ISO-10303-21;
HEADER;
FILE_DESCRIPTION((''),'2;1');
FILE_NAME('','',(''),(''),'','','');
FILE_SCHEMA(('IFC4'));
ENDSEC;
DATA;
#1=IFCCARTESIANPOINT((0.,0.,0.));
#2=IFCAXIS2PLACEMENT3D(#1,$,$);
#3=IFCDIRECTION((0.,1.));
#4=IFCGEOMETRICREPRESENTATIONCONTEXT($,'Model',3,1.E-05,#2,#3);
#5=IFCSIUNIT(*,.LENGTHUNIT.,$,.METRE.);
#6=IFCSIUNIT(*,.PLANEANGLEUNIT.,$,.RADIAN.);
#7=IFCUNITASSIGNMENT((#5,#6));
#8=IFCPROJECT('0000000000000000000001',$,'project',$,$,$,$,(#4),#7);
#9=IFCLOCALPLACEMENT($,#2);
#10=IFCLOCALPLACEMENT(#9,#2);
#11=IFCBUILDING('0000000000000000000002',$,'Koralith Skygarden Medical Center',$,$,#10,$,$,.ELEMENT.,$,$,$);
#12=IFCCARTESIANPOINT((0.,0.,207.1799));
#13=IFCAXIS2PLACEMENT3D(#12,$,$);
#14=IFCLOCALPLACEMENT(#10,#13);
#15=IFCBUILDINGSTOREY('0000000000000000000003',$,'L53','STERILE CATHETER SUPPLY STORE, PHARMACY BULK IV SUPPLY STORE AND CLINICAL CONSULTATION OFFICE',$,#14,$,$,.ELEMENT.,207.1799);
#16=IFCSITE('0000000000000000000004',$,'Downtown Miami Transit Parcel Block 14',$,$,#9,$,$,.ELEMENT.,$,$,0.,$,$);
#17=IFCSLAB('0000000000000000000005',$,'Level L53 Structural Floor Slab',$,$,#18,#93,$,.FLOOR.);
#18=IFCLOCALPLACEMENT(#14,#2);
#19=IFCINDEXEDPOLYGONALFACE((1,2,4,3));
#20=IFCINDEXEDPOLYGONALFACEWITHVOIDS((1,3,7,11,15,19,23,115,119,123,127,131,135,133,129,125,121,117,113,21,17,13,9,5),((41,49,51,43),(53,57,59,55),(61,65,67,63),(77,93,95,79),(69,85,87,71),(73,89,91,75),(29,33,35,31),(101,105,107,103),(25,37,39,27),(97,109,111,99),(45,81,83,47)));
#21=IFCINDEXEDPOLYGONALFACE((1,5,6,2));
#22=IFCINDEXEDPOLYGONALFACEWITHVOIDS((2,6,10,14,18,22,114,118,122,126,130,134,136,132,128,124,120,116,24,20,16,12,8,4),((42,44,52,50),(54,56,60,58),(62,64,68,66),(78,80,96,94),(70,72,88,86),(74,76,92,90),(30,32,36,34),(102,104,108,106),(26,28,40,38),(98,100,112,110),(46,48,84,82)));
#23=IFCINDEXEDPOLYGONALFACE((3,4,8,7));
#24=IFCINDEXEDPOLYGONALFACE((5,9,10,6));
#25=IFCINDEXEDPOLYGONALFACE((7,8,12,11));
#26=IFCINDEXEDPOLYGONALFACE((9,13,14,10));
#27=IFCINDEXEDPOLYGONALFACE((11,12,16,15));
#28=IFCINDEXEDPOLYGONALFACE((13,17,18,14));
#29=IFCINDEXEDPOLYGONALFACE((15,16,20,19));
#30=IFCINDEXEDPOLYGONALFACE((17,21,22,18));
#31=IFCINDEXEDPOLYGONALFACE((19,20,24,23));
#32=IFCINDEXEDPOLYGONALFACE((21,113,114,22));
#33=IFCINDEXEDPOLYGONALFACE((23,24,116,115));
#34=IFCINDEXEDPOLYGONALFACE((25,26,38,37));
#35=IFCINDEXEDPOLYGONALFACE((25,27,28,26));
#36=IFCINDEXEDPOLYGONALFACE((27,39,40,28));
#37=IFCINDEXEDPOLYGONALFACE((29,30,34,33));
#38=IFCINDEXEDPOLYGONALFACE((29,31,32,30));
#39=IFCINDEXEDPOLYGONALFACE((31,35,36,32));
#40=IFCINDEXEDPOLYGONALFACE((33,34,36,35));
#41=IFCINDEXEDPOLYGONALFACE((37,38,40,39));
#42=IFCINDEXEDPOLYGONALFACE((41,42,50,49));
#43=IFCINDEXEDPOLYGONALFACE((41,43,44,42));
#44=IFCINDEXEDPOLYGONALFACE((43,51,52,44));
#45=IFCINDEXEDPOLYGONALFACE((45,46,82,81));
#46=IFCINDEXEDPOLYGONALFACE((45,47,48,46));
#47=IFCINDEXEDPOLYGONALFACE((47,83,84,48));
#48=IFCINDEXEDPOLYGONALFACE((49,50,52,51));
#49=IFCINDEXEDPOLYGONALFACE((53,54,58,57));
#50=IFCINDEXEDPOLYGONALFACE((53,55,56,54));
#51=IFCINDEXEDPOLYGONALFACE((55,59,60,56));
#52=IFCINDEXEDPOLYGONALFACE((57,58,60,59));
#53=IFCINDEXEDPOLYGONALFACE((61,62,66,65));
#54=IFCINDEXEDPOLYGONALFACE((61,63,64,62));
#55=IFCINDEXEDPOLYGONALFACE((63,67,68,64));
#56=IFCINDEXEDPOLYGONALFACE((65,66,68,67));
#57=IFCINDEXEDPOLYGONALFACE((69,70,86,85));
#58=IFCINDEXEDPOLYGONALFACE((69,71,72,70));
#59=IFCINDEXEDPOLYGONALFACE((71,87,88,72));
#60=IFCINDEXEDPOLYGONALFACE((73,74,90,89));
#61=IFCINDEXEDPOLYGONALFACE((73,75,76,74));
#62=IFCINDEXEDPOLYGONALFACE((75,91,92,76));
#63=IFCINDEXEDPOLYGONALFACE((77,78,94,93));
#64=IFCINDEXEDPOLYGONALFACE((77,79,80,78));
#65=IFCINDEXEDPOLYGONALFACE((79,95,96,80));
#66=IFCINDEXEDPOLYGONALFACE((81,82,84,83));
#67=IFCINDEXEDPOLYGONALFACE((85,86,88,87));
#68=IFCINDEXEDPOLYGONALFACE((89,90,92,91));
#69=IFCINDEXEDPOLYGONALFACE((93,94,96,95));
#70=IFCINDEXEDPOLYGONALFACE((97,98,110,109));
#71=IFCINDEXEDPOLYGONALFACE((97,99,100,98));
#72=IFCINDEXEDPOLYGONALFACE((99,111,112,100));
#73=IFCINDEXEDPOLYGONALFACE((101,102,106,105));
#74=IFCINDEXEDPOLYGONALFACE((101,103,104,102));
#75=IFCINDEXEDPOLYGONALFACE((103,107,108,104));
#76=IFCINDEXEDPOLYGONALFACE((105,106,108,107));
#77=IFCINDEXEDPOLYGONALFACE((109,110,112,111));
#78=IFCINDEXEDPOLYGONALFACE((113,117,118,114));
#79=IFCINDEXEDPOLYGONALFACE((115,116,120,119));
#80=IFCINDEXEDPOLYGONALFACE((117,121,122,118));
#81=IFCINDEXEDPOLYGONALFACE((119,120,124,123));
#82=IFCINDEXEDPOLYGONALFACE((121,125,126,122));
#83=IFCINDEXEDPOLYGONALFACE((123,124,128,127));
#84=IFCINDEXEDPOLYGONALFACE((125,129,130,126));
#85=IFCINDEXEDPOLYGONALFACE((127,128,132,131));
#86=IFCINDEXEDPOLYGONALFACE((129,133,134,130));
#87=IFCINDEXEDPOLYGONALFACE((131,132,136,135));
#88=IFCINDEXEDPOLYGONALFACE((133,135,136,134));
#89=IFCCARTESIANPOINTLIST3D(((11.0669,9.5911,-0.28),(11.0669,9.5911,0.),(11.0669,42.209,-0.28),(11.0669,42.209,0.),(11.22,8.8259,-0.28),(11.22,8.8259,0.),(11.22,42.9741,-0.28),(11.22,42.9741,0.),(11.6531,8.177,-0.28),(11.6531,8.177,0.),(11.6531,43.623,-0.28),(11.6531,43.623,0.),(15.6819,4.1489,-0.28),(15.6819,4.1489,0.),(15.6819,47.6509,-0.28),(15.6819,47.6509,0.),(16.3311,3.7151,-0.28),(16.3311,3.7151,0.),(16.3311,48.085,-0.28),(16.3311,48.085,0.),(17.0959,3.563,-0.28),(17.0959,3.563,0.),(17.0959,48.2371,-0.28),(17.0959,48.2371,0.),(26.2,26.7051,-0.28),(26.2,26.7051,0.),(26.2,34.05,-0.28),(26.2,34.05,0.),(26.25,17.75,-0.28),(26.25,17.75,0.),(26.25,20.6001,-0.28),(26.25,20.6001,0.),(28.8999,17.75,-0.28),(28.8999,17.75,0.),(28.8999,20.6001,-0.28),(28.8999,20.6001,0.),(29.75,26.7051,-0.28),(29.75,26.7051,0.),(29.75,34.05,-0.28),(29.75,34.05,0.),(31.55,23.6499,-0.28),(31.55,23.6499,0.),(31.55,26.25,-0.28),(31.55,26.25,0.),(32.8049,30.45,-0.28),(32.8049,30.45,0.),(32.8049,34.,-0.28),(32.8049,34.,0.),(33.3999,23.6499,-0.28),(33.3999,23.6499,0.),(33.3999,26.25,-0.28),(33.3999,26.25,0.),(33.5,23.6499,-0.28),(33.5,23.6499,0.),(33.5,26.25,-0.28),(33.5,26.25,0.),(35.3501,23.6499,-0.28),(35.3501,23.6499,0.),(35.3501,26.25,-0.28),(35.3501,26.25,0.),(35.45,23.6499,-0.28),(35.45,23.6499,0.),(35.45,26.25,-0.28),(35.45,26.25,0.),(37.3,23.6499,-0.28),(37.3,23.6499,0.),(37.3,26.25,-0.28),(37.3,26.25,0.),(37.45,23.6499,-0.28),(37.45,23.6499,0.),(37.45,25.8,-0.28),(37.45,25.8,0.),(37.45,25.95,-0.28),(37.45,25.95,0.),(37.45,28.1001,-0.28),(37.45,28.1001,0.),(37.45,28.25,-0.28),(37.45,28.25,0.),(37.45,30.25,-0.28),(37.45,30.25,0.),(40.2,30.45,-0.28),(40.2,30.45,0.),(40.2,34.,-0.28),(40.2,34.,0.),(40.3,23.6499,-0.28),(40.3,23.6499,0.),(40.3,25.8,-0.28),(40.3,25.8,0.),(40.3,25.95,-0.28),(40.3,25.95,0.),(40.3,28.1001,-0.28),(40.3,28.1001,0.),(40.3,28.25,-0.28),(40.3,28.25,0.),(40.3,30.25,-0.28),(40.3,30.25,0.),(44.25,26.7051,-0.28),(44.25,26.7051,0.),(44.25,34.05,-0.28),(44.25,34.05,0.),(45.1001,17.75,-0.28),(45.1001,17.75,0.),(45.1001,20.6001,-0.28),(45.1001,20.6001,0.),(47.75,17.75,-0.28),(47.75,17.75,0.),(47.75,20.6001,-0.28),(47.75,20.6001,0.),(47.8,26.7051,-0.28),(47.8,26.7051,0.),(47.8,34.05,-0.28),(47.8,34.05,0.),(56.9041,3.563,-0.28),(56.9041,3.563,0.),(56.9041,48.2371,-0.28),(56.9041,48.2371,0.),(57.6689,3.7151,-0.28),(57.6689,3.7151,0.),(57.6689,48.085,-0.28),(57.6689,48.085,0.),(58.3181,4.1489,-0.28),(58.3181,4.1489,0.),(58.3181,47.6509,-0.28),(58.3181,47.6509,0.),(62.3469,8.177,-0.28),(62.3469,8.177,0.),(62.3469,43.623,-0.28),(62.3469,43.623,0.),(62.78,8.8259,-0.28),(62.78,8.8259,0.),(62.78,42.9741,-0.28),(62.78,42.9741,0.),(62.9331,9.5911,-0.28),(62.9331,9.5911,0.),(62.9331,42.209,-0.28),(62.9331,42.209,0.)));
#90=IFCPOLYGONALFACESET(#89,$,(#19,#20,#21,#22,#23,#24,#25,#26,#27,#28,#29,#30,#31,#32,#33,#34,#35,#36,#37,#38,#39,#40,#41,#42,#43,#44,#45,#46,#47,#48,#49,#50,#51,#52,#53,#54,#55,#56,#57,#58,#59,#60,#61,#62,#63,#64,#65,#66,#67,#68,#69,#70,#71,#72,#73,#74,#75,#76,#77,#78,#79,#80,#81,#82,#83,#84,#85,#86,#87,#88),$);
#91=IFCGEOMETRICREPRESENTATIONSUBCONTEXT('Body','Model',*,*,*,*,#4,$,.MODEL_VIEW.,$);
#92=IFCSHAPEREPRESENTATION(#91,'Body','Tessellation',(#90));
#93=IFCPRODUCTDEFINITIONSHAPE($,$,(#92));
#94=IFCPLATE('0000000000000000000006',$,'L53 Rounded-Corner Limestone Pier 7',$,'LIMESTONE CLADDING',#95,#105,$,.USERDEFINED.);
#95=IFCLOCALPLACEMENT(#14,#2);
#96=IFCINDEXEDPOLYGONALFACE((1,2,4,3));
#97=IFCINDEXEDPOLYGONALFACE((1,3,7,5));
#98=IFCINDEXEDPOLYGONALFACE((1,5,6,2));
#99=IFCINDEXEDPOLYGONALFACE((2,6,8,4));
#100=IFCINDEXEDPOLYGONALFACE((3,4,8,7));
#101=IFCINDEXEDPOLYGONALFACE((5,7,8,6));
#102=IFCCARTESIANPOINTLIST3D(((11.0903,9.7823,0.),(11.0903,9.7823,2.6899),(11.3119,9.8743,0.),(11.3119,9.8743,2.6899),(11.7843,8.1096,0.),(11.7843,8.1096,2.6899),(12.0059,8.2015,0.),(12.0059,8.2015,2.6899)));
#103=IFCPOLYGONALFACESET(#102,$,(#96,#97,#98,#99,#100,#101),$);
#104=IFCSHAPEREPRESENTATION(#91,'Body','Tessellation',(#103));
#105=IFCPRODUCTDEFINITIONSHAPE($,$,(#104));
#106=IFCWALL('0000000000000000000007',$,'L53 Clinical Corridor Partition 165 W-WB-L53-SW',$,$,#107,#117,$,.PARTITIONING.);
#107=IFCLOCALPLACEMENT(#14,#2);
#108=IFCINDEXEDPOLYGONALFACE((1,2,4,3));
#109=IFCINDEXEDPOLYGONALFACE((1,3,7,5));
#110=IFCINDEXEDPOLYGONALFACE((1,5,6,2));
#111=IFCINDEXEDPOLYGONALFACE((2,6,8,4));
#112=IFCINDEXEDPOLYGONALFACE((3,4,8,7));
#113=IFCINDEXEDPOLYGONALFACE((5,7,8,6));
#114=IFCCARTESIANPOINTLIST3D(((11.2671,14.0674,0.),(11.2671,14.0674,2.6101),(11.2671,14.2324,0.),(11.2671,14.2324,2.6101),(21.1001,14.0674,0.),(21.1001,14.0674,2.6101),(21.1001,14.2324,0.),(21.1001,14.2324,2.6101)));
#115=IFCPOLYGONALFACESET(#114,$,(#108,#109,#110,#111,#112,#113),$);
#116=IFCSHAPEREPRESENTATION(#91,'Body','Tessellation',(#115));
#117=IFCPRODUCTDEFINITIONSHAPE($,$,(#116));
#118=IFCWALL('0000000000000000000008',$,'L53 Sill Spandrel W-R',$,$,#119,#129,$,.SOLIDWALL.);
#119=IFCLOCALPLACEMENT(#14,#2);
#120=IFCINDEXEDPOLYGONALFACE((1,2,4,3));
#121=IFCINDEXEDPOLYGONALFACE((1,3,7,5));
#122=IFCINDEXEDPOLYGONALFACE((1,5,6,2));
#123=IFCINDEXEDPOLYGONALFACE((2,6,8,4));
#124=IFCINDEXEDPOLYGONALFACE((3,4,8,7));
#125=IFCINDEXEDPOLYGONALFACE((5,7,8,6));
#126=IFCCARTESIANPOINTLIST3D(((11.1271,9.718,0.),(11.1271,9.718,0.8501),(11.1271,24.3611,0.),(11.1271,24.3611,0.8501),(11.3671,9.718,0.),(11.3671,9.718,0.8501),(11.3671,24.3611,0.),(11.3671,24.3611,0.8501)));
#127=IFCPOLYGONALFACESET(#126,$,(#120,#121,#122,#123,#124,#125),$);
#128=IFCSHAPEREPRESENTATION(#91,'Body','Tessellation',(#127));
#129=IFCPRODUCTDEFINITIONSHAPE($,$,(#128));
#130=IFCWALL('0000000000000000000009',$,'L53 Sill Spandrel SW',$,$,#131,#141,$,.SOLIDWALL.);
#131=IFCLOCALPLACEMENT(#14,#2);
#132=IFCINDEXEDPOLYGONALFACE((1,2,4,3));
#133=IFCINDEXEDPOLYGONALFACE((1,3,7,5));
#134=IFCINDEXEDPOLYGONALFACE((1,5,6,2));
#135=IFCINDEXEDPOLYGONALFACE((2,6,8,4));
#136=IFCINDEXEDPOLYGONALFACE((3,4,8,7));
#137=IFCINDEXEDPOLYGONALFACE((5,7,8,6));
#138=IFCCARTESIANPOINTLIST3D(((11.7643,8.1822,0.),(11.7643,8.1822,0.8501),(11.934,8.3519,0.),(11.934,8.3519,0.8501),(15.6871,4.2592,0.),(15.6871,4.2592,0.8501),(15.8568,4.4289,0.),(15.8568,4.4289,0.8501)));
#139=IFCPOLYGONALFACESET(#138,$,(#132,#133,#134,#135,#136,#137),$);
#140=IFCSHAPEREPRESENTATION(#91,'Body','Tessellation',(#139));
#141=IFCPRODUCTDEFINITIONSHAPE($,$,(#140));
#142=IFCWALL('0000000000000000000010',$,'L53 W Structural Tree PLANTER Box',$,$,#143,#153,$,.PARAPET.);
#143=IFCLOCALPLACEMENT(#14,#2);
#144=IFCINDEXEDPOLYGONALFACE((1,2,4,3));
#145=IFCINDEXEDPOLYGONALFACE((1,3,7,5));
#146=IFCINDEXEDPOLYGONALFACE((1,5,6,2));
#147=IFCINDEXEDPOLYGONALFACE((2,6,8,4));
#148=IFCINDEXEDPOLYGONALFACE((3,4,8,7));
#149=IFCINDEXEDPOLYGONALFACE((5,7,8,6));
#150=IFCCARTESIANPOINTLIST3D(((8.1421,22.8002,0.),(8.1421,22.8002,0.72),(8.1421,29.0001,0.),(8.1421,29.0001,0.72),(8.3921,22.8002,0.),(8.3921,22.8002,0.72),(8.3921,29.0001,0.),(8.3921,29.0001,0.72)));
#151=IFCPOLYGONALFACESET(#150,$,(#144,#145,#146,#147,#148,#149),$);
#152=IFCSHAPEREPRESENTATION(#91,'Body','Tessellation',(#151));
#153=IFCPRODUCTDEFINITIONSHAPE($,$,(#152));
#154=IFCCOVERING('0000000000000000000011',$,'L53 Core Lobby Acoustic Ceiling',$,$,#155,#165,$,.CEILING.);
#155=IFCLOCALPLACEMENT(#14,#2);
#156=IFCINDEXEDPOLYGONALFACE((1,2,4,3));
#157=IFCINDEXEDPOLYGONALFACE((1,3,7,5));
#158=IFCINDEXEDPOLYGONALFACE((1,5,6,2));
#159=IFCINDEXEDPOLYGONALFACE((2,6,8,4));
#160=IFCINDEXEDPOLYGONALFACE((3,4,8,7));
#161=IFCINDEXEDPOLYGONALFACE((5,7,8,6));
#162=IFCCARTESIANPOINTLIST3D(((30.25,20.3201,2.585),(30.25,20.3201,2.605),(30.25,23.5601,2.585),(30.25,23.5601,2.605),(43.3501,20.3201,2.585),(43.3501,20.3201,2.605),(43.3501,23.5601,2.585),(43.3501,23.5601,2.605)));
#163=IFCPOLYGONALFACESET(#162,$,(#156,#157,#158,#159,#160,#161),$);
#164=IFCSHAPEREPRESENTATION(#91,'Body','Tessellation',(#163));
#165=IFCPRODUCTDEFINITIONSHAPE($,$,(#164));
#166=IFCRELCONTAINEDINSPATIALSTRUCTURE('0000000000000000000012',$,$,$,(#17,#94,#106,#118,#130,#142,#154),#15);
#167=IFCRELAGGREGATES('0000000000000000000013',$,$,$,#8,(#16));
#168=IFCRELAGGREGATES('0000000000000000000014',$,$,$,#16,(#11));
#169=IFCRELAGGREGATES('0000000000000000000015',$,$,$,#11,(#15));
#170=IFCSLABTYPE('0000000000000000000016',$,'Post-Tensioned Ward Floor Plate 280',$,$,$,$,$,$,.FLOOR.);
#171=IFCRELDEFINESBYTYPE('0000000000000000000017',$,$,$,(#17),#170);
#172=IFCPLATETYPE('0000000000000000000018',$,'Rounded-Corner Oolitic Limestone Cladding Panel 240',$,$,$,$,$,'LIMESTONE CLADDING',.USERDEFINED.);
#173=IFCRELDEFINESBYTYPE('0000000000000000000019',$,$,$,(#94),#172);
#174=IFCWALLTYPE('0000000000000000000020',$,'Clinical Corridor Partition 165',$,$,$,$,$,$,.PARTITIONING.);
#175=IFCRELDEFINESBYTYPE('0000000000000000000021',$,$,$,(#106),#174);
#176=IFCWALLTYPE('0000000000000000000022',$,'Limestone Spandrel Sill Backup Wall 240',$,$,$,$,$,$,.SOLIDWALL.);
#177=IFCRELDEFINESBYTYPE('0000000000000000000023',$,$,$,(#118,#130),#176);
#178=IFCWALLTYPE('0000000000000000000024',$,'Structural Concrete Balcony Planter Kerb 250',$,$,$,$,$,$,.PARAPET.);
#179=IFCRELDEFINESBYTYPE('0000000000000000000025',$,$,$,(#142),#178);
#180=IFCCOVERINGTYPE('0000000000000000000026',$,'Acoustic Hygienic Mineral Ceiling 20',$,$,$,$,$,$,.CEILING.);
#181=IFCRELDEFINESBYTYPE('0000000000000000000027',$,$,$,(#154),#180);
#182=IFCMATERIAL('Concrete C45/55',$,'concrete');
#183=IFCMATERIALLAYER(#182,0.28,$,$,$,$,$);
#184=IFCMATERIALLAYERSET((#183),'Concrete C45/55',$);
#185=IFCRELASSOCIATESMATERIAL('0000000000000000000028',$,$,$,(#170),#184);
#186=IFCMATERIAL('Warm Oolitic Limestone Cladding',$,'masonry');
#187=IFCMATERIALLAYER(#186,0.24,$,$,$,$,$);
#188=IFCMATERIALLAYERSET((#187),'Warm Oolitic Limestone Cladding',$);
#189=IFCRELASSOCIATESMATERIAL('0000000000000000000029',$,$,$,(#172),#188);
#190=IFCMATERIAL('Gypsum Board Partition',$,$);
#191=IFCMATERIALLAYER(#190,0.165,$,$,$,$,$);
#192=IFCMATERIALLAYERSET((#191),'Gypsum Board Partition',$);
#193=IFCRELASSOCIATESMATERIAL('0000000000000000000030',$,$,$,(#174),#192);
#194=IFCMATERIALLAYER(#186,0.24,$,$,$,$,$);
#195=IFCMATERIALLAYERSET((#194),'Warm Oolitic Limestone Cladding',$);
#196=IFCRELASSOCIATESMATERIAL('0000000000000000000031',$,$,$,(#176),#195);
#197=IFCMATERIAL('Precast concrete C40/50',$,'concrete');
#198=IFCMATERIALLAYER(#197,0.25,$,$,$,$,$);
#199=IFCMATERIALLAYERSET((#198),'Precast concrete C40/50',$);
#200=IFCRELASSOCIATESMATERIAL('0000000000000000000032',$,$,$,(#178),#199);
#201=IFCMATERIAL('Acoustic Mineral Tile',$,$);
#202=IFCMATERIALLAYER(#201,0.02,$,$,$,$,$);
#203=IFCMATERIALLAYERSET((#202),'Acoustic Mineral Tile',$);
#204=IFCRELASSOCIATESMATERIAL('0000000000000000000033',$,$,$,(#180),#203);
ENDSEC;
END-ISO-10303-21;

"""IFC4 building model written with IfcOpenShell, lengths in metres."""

from ifc_helpers import new_model, si_unit, direction, frame, frame_2d, origin, origin_2d, place, context, subcontext, project, spatial, polyline, rectangle, outline, extrude, material, layer, layer_set, type_object, element, save


model = new_model("IFC4")

# Units and contexts
model_context = context("Model", 3, precision=1e-05, world=origin(), true_north=direction((0.0, 1.0)))
body_context = subcontext(model_context, "Body", "Model", "MODEL_VIEW")
ifc_project = project(units=[si_unit("LENGTHUNIT", "METRE"), si_unit("PLANEANGLEUNIT", "RADIAN")], contexts=[model_context])

# Site, building, storey
site_placement = place(None, origin())
site = spatial("IfcSite", under=ifc_project, at=site_placement, Name="Downtown Miami Transit Parcel Block 14", CompositionType="ELEMENT", RefElevation=0.0)
building_placement = place(site_placement, origin())
building = spatial("IfcBuilding", under=site, at=building_placement, Name="Koralith Skygarden Medical Center", CompositionType="ELEMENT")
storey_placement = place(building_placement, frame((0.0, 0.0, 207.1799)))
storey = spatial("IfcBuildingStorey", under=building, at=storey_placement, Name="L53", Description="STERILE CATHETER SUPPLY STORE, PHARMACY BULK IV SUPPLY STORE AND CLINICAL CONSULTATION OFFICE", CompositionType="ELEMENT", Elevation=207.1799)

# Shared definitions
ifc_material_1 = material(Name="Concrete C45/55", Category="concrete")

# Slab
ifc_layer_1 = layer(ifc_material_1, 0.28)
ifc_layer_set_1 = layer_set([ifc_layer_1], Name="Concrete C45/55")
slab_type_1 = type_object("IfcSlabType", Name="Post-Tensioned Ward Floor Plate 280", PredefinedType="FLOOR", material=ifc_layer_set_1)
slab_1_placement = place(storey_placement, frame((0.0, 0.0, -0.28)))
element("IfcSlab", 1, at=slab_1_placement, inside=storey, type_object=slab_type_1, Name="Level L53 Structural Floor Slab", PredefinedType="FLOOR", context=body_context, shape_type="SweptSolid", body=[
    extrude(outline(polyline([(15.6819, 4.1489), (16.3311, 3.7151), (17.0959, 3.563), (56.9041, 3.563), (57.6689, 3.7151), (58.3181, 4.1489), (62.3469, 8.177), (62.78, 8.8259), (62.9331, 9.5911), (62.9331, 42.209), (62.78, 42.9741), (62.3469, 43.623), (58.3181, 47.6509), (57.6689, 48.085), (56.9041, 48.2371), (17.0959, 48.2371), (16.3311, 48.085), (15.6819, 47.6509), (11.6531, 43.623), (11.22, 42.9741), (11.0669, 42.209), (11.0669, 9.5911), (11.22, 8.8259), (11.6531, 8.177), (15.6819, 4.1489)]), holes=[polyline([(26.2, 26.7051), (29.75, 26.7051), (29.75, 34.05), (26.2, 34.05), (26.2, 26.7051)]), polyline([(44.25, 26.7051), (47.8, 26.7051), (47.8, 34.05), (44.25, 34.05), (44.25, 26.7051)]), polyline([(32.8049, 30.45), (40.2, 30.45), (40.2, 34.0), (32.8049, 34.0), (32.8049, 30.45)]), polyline([(26.25, 17.75), (28.8999, 17.75), (28.8999, 20.6001), (26.25, 20.6001), (26.25, 17.75)]), polyline([(45.1001, 17.75), (47.75, 17.75), (47.75, 20.6001), (45.1001, 20.6001), (45.1001, 17.75)]), polyline([(31.55, 23.6499), (33.3999, 23.6499), (33.3999, 26.25), (31.55, 26.25), (31.55, 23.6499)]), polyline([(33.5, 23.6499), (35.3501, 23.6499), (35.3501, 26.25), (33.5, 26.25), (33.5, 23.6499)]), polyline([(35.45, 23.6499), (37.3, 23.6499), (37.3, 26.25), (35.45, 26.25), (35.45, 23.6499)]), polyline([(37.45, 23.6499), (40.3, 23.6499), (40.3, 25.8), (37.45, 25.8), (37.45, 23.6499)]), polyline([(37.45, 25.95), (40.3, 25.95), (40.3, 28.1001), (37.45, 28.1001), (37.45, 25.95)]), polyline([(37.45, 28.25), (40.3, 28.25), (40.3, 30.25), (37.45, 30.25), (37.45, 28.25)])]), origin(), (0.0, 0.0, 1.0), 0.28),
])

# Plate
ifc_material_2 = material(Name="Warm Oolitic Limestone Cladding", Category="masonry")
ifc_layer_2 = layer(ifc_material_2, 0.24)
ifc_layer_set_2 = layer_set([ifc_layer_2], Name="Warm Oolitic Limestone Cladding")
plate_type_1 = type_object("IfcPlateType", Name="Rounded-Corner Oolitic Limestone Cladding Panel 240", ElementType="LIMESTONE CLADDING", PredefinedType="USERDEFINED", material=ifc_layer_set_2)
plate_1_placement = place(storey_placement, frame((11.5481, 8.9919, 0.0), z_axis=(0.0, 0.0, 1.0), x_axis=(0.383214, -0.92366, 0.0)))
element("IfcPlate", 2, at=plate_1_placement, inside=storey, type_object=plate_type_1, Name="L53 Rounded-Corner Limestone Pier 7", ObjectType="LIMESTONE CLADDING", PredefinedType="USERDEFINED", context=body_context, shape_type="SweptSolid", body=[
    extrude(rectangle(XDim=1.811, YDim=0.24, at=origin_2d()), origin(), (0.0, 0.0, 1.0), 2.6899),
])

# Walls
ifc_material_3 = material(Name="Gypsum Board Partition")
ifc_layer_3 = layer(ifc_material_3, 0.165)
ifc_layer_set_3 = layer_set([ifc_layer_3], Name="Gypsum Board Partition")
wall_type_1 = type_object("IfcWallType", Name="Clinical Corridor Partition 165", PredefinedType="PARTITIONING", material=ifc_layer_set_3)
wall_1_placement = place(storey_placement, frame((11.2671, 14.1499, 0.0), z_axis=(0.0, 0.0, 1.0), x_axis=(1.0, 0.0, 0.0)))
element("IfcWall", 3, at=wall_1_placement, inside=storey, type_object=wall_type_1, Name="L53 Clinical Corridor Partition 165 W-WB-L53-SW", PredefinedType="PARTITIONING", context=body_context, shape_type="SweptSolid", body=[
    extrude(rectangle(XDim=9.833, YDim=0.165, at=frame_2d((4.9165, 0.0))), origin(), (0.0, 0.0, 1.0), 2.6101),
])
ifc_layer_4 = layer(ifc_material_2, 0.24)
ifc_layer_set_4 = layer_set([ifc_layer_4], Name="Warm Oolitic Limestone Cladding")
wall_type_2 = type_object("IfcWallType", Name="Limestone Spandrel Sill Backup Wall 240", PredefinedType="SOLIDWALL", material=ifc_layer_set_4)
wall_2_placement = place(storey_placement, frame((11.2471, 24.3611, 0.0), z_axis=(0.0, 0.0, 1.0), x_axis=(0.0, -1.0, 0.0)))
element("IfcWall", 4, at=wall_2_placement, inside=storey, type_object=wall_type_2, Name="L53 Sill Spandrel W-R", PredefinedType="SOLIDWALL", context=body_context, shape_type="SweptSolid", body=[
    extrude(rectangle(XDim=14.6431, YDim=0.24, at=frame_2d((7.3215, 0.0))), origin(), (0.0, 0.0, 1.0), 0.8501),
])
wall_3_placement = place(storey_placement, frame((11.8491, 8.2671, 0.0), z_axis=(0.0, 0.0, 1.0), x_axis=(0.707085, -0.707129, 0.0)))
element("IfcWall", 5, at=wall_3_placement, inside=storey, type_object=wall_type_2, Name="L53 Sill Spandrel SW", PredefinedType="SOLIDWALL", context=body_context, shape_type="SweptSolid", body=[
    extrude(rectangle(XDim=5.5479, YDim=0.24, at=frame_2d((2.7739, 0.0))), origin(), (0.0, 0.0, 1.0), 0.8501),
])
ifc_material_4 = material(Name="Precast concrete C40/50", Category="concrete")
ifc_layer_5 = layer(ifc_material_4, 0.25)
ifc_layer_set_5 = layer_set([ifc_layer_5], Name="Precast concrete C40/50")
wall_type_3 = type_object("IfcWallType", Name="Structural Concrete Balcony Planter Kerb 250", PredefinedType="PARAPET", material=ifc_layer_set_5)
wall_4_placement = place(storey_placement, frame((8.2671, 22.8, 0.0), z_axis=(0.0, 0.0, 1.0), x_axis=(0.0, 1.0, 0.0)))
element("IfcWall", 6, at=wall_4_placement, inside=storey, type_object=wall_type_3, Name="L53 W Structural Tree PLANTER Box", PredefinedType="PARAPET", context=body_context, shape_type="SweptSolid", body=[
    extrude(rectangle(XDim=6.2, YDim=0.25, at=frame_2d((3.1001, 0.0))), origin(), (0.0, 0.0, 1.0), 0.72),
])

# Covering
ifc_material_5 = material(Name="Acoustic Mineral Tile")
ifc_layer_6 = layer(ifc_material_5, 0.02)
ifc_layer_set_6 = layer_set([ifc_layer_6], Name="Acoustic Mineral Tile")
covering_type_1 = type_object("IfcCoveringType", Name="Acoustic Hygienic Mineral Ceiling 20", PredefinedType="CEILING", material=ifc_layer_set_6)
covering_1_placement = place(storey_placement, frame((0.0, 0.0, 2.585)))
element("IfcCovering", 7, at=covering_1_placement, inside=storey, type_object=covering_type_1, Name="L53 Core Lobby Acoustic Ceiling", PredefinedType="CEILING", context=body_context, shape_type="SweptSolid", body=[
    extrude(outline(polyline([(30.25, 20.3201), (43.3501, 20.3201), (43.3501, 23.5601), (30.25, 23.5601), (30.25, 20.3201)])), origin(), (0.0, 0.0, 1.0), 0.02),
])

save(model, "model.ifc")
